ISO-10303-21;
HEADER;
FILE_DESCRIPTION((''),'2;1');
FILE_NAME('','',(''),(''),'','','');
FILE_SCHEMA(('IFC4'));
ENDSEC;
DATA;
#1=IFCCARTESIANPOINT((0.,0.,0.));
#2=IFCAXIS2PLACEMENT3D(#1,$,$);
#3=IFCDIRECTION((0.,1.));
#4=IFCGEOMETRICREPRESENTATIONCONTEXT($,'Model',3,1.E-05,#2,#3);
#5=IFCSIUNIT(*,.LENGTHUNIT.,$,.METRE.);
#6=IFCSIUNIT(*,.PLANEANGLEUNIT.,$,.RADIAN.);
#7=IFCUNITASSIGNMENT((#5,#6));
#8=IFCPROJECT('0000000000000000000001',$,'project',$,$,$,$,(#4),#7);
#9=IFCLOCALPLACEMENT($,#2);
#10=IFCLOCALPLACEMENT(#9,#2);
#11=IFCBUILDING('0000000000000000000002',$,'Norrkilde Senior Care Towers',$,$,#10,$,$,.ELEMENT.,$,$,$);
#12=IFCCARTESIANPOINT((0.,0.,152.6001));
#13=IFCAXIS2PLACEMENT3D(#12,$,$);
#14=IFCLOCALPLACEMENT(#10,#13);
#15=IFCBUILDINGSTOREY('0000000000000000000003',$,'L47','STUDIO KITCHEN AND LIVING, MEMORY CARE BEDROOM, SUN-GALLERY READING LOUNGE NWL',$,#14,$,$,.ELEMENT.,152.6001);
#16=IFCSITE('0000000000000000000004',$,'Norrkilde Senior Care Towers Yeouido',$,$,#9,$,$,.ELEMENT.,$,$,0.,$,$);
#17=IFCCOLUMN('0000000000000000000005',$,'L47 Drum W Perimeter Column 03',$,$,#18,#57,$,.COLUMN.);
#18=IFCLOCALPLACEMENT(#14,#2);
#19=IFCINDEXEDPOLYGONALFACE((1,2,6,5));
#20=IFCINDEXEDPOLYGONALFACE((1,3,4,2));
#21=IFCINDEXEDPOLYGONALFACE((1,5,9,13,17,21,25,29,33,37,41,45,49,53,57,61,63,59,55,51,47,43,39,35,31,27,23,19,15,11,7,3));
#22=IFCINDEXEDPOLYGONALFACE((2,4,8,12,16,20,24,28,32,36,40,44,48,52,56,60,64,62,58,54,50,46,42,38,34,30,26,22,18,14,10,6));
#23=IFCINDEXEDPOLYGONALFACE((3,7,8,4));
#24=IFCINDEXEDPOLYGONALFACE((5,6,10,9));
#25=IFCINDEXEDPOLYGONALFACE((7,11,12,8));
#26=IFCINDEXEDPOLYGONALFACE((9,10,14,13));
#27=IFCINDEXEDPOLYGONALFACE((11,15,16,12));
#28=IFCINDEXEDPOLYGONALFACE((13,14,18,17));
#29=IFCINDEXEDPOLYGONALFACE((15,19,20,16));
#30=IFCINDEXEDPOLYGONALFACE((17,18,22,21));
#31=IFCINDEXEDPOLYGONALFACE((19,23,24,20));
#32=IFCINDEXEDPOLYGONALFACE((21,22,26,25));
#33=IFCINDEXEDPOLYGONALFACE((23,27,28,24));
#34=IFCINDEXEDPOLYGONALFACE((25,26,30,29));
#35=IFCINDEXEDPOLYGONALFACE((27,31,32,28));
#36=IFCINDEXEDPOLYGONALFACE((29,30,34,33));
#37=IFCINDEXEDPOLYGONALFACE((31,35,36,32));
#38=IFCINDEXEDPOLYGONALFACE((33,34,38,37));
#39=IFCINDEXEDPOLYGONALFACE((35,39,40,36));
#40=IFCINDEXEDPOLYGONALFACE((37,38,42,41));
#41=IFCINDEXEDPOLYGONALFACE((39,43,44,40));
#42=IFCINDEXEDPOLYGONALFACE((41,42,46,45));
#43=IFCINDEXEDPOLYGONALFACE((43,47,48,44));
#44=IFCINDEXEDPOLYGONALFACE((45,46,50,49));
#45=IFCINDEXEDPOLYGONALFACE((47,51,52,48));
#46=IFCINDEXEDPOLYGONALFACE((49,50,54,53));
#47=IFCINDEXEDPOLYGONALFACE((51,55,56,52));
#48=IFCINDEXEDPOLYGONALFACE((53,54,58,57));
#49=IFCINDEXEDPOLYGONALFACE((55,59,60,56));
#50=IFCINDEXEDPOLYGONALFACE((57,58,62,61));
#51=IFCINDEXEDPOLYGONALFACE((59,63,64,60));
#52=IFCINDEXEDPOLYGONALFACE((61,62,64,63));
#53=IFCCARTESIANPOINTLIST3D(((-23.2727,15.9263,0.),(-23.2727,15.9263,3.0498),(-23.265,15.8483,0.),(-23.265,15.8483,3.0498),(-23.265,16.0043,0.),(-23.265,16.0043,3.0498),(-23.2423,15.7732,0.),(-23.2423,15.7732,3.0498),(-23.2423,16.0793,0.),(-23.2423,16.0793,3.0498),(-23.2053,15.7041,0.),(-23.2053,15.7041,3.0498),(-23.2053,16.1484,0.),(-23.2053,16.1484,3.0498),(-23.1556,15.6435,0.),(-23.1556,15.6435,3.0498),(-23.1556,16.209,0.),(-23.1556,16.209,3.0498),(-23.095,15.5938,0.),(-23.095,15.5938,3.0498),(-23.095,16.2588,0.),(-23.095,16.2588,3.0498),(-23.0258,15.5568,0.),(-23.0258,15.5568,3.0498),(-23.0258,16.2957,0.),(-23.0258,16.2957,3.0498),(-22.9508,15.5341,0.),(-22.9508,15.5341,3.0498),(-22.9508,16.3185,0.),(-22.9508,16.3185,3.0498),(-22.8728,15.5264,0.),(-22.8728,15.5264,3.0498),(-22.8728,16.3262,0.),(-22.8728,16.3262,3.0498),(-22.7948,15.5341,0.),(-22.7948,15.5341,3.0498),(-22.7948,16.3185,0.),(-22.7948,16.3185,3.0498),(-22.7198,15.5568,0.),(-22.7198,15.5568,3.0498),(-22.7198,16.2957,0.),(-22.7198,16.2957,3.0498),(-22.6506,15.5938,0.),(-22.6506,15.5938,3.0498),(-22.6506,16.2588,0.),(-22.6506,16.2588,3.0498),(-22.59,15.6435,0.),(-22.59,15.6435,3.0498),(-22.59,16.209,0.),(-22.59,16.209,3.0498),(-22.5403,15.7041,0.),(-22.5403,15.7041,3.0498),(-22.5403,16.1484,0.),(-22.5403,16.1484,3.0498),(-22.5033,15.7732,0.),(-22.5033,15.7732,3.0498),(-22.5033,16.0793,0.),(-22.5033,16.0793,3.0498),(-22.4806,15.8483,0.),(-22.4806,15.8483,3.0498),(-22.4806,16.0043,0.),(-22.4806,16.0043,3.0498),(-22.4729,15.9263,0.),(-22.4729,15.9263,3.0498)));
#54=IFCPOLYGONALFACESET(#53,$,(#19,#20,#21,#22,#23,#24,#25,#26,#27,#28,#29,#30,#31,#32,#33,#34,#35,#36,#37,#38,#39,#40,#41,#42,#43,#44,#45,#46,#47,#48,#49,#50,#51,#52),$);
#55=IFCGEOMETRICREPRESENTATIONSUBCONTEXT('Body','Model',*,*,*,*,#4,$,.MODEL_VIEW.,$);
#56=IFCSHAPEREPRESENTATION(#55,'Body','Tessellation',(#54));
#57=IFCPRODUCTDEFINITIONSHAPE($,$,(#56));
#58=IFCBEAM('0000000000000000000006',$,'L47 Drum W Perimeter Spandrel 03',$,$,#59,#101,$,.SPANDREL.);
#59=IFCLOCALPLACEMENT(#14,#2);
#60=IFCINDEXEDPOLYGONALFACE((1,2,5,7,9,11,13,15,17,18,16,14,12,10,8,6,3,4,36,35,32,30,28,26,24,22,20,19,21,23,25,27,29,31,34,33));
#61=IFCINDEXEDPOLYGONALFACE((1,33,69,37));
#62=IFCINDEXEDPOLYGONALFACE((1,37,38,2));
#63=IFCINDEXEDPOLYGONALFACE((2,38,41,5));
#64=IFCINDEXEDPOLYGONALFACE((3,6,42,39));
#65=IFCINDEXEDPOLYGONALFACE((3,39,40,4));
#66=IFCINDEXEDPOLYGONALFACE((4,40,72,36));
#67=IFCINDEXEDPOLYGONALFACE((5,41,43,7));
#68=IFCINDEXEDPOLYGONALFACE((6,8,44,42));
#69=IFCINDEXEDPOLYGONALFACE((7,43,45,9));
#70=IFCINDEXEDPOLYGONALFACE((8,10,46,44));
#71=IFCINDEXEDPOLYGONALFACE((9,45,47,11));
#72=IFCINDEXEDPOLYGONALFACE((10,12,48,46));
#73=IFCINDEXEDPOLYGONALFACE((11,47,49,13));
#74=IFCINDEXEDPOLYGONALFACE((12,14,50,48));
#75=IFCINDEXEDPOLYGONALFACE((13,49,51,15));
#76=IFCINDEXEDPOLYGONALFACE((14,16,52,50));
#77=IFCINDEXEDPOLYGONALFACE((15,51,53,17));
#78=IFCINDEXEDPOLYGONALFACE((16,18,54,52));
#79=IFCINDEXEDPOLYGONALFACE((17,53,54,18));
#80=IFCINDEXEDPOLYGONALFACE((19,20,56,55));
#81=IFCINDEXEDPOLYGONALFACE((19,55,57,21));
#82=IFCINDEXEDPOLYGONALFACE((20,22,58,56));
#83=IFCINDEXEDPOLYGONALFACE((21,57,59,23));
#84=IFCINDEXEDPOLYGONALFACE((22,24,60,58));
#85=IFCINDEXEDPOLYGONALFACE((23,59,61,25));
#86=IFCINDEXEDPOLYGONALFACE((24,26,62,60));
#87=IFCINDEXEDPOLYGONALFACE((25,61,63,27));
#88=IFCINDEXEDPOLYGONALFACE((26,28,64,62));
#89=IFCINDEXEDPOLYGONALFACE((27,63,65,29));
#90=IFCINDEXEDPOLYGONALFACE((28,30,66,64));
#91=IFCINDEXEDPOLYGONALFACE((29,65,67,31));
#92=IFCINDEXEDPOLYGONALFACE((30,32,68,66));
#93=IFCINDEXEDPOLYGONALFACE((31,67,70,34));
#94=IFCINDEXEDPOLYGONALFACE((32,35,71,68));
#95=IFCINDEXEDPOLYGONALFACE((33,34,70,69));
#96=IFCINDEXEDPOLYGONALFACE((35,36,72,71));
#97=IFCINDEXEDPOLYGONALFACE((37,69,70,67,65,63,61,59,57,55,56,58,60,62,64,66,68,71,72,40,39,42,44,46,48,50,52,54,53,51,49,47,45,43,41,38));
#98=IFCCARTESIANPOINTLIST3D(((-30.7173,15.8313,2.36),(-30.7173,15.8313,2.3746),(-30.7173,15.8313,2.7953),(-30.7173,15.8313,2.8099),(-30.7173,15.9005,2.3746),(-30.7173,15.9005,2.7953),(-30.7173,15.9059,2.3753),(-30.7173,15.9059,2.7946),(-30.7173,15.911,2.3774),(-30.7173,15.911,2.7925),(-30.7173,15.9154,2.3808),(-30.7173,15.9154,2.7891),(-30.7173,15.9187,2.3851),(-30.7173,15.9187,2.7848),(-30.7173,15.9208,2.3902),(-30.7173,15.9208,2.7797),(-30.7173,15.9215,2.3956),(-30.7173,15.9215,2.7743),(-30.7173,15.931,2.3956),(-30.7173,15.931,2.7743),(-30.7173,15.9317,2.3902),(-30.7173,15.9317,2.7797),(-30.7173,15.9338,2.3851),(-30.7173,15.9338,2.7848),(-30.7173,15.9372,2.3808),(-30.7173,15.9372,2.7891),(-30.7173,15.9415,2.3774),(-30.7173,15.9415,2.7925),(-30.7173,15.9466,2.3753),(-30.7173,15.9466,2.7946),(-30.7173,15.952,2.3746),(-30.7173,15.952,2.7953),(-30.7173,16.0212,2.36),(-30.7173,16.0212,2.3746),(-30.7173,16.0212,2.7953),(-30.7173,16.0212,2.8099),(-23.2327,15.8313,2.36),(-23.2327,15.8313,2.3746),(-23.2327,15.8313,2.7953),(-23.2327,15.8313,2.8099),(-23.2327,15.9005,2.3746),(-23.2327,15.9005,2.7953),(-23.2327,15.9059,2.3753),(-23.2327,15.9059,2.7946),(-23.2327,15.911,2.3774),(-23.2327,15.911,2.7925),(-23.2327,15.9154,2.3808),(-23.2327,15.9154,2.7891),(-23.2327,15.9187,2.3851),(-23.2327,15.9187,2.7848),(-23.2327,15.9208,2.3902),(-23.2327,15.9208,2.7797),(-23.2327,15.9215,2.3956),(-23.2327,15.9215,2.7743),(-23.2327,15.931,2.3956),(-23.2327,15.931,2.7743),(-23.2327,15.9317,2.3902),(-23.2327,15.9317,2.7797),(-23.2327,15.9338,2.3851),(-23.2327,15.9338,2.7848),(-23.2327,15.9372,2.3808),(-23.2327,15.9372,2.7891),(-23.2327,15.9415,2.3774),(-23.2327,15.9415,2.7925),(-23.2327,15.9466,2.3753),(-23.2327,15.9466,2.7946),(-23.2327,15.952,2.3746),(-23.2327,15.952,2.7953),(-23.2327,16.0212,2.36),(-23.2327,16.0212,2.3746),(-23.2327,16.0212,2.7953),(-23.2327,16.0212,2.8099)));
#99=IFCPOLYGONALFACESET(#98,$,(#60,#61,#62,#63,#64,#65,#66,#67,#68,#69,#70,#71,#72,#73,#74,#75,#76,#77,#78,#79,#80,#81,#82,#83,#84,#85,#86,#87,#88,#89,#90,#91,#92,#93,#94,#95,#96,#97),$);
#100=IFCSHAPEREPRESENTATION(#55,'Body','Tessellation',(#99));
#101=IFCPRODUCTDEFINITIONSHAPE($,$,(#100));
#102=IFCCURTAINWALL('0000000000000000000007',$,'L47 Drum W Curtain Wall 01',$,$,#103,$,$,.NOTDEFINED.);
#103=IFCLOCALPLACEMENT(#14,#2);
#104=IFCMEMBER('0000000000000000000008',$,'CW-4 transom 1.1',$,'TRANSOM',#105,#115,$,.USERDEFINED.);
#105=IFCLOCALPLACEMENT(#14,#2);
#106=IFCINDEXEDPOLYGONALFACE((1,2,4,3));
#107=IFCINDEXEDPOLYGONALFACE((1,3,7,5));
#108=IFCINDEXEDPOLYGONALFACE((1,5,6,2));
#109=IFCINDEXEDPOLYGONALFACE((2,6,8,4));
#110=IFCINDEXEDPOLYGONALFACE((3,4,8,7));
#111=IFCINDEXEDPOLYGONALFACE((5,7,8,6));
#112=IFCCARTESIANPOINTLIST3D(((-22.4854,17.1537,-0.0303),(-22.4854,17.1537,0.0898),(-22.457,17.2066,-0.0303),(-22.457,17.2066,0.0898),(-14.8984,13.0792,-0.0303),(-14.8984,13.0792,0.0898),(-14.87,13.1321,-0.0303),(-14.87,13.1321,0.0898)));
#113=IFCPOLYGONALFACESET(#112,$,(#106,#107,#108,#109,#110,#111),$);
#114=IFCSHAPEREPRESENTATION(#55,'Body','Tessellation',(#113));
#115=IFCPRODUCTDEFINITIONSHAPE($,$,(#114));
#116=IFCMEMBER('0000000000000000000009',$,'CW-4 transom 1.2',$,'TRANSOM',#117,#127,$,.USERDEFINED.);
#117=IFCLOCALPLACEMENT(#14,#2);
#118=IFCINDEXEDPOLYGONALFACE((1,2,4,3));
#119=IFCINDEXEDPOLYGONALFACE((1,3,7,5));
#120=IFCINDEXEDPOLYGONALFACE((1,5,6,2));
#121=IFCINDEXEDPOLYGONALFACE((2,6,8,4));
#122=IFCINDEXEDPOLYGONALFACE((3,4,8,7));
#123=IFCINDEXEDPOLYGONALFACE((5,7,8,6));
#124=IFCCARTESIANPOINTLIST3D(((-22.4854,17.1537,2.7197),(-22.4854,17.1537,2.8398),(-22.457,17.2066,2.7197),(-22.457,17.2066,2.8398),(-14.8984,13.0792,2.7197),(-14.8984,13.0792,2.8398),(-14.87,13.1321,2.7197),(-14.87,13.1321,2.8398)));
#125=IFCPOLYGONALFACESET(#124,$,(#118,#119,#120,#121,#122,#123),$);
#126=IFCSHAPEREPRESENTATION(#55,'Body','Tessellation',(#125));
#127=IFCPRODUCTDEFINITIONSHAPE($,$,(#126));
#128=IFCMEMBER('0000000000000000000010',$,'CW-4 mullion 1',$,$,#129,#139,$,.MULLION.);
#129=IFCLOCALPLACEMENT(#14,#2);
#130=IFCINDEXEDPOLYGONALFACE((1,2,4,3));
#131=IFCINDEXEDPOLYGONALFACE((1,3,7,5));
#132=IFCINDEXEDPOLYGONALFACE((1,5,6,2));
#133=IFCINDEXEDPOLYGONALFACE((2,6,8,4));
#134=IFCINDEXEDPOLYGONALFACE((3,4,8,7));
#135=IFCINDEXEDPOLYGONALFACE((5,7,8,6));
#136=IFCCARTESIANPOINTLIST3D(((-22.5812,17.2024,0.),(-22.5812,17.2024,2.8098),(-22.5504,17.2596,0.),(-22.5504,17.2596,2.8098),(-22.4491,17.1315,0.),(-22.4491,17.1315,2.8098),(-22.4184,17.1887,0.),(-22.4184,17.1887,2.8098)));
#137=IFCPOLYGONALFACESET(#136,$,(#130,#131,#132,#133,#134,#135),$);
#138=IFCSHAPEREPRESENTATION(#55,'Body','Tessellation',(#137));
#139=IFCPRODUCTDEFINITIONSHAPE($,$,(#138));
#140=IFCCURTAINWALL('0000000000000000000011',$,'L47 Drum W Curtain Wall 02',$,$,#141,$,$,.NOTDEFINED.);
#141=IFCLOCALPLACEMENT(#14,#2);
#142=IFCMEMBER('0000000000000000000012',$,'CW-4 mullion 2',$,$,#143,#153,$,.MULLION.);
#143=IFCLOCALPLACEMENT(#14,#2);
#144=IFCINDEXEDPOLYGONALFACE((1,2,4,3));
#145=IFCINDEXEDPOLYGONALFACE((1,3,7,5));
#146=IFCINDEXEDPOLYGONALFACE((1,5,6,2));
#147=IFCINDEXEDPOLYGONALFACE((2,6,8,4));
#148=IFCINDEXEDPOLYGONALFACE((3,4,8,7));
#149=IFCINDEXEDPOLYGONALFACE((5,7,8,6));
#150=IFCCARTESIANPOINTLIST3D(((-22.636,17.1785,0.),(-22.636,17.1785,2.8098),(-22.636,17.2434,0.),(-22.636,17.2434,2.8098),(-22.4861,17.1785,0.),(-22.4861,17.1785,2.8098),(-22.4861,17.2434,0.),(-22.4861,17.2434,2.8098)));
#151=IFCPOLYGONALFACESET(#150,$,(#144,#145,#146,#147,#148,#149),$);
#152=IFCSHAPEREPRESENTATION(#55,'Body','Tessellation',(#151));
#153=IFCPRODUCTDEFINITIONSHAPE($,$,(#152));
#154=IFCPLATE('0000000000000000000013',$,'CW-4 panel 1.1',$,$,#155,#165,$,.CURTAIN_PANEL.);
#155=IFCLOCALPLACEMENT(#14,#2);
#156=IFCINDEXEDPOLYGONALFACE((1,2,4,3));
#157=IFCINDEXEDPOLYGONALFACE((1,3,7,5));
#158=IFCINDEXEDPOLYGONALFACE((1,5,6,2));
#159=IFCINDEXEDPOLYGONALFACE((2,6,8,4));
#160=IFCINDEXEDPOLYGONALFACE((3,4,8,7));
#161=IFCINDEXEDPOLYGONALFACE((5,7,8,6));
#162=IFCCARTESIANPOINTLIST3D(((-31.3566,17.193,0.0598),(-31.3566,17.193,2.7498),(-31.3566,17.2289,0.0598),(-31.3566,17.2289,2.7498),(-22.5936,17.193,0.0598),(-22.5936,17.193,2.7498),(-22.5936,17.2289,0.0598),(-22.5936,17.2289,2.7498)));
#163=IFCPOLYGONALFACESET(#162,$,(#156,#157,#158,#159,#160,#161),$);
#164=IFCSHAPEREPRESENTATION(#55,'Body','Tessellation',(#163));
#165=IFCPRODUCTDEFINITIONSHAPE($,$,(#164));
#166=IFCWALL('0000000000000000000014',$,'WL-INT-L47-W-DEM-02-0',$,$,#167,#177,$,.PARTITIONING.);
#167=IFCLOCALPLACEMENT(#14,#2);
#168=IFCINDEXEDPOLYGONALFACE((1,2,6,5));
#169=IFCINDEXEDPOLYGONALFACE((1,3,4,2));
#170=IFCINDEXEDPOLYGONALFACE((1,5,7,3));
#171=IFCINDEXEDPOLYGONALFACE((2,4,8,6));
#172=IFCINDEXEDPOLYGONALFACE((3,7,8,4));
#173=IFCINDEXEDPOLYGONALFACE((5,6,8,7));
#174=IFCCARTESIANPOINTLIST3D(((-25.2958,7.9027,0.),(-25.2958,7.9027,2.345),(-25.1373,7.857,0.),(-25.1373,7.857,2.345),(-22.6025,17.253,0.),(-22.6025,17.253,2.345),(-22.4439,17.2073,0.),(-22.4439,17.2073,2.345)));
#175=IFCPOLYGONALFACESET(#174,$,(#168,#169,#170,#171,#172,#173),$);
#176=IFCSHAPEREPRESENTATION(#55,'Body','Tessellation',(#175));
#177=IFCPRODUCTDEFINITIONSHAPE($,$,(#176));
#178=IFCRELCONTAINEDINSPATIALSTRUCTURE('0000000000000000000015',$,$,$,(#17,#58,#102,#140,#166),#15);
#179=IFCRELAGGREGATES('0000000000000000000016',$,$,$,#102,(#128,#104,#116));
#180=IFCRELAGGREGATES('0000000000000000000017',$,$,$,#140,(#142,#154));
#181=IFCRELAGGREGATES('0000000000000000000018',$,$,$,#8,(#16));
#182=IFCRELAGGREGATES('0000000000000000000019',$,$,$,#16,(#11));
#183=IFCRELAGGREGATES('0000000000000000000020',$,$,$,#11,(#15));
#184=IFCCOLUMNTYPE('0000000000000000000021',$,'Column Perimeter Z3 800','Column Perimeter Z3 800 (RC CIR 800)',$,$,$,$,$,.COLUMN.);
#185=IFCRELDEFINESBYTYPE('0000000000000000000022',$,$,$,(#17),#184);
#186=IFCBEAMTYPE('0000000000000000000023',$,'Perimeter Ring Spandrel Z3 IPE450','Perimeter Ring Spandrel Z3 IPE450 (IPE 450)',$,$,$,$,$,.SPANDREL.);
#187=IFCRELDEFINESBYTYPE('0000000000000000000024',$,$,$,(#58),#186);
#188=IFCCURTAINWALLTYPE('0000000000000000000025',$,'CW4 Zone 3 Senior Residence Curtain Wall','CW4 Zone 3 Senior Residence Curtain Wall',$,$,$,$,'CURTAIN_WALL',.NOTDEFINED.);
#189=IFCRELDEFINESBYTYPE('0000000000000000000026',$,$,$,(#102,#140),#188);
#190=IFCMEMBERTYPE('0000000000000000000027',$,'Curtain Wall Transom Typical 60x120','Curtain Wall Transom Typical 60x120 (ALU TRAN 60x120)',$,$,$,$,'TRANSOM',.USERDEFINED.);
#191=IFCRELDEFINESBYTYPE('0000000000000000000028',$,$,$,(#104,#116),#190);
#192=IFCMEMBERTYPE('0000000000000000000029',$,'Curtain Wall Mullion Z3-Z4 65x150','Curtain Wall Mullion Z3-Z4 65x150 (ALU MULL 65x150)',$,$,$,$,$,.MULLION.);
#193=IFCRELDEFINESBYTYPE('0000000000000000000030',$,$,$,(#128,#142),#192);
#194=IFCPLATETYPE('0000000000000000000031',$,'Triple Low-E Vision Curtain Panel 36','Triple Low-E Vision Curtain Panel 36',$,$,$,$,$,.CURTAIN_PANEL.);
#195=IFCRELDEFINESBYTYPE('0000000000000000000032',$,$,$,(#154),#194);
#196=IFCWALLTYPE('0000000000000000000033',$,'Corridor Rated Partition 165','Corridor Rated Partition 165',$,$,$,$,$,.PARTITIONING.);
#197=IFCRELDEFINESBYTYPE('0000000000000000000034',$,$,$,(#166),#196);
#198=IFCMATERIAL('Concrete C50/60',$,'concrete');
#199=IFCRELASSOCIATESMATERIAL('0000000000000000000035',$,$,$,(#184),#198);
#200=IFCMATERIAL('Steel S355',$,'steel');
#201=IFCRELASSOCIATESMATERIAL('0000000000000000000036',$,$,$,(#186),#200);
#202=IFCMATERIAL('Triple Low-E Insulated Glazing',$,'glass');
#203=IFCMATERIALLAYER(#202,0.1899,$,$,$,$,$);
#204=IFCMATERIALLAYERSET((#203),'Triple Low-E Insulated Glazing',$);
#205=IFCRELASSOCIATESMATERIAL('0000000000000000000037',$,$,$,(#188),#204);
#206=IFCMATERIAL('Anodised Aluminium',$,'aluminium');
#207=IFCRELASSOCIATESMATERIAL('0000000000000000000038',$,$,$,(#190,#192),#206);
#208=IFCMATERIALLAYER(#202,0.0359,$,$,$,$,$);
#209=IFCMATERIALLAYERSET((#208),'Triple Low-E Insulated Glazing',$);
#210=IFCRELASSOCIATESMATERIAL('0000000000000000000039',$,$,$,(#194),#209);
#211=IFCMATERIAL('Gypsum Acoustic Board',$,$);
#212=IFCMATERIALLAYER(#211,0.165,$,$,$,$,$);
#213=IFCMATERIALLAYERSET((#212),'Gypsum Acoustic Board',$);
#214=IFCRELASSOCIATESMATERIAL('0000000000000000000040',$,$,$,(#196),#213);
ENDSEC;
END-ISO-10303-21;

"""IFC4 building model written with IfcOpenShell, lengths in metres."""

from ifc_helpers import new_model, si_unit, direction, frame, frame_2d, origin, origin_2d, place, context, subcontext, project, spatial, rectangle, circle, i_section, extrude, source, transform, mapped, material, layer, layer_set, material_profile, profile_set, type_object, type_shapes, element, aggregate, save


model = new_model("IFC4")

# Units and contexts
model_context = context("Model", 3, precision=1e-05, world=origin(), true_north=direction((0.0, 1.0)))
body_context = subcontext(model_context, "Body", "Model", "MODEL_VIEW")
ifc_project = project(units=[si_unit("LENGTHUNIT", "METRE"), si_unit("PLANEANGLEUNIT", "RADIAN")], contexts=[model_context])

# Site, building, storey
site_placement = place(None, origin())
site = spatial("IfcSite", under=ifc_project, at=site_placement, Name="Norrkilde Senior Care Towers Yeouido", CompositionType="ELEMENT", RefElevation=0.0)
building_placement = place(site_placement, origin())
building = spatial("IfcBuilding", under=site, at=building_placement, Name="Norrkilde Senior Care Towers", CompositionType="ELEMENT")
storey_placement = place(building_placement, frame((0.0, 0.0, 152.6001)))
storey = spatial("IfcBuildingStorey", under=building, at=storey_placement, Name="L47", Description="STUDIO KITCHEN AND LIVING, MEMORY CARE BEDROOM, SUN-GALLERY READING LOUNGE NWL", CompositionType="ELEMENT", Elevation=152.6001)

# Column
ifc_material_1 = material(Name="Concrete C50/60", Category="concrete")
ifc_material_profile_1 = material_profile(ifc_material_1, circle(Radius=0.3999, at=origin_2d()), Name="RC CIR 800")
ifc_profile_set_1 = profile_set([ifc_material_profile_1], Name="Concrete C50/60")
column_type = type_object("IfcColumnType", Name="Column Perimeter Z3 800", Description="Column Perimeter Z3 800 (RC CIR 800)", PredefinedType="COLUMN", material=ifc_profile_set_1)
shared_shape_1 = source(origin(), body_context, "Body", "SweptSolid", [
    extrude(circle(Radius=0.3999, at=origin_2d()), origin(), (0.0, 0.0, 1.0), 3.0498),
])
type_shapes(column_type, [shared_shape_1])
column_placement = place(storey_placement, frame((-22.8728, 15.9263, 0.0), z_axis=(0.0, 0.0, 1.0), x_axis=(1.0, 0.0, 0.0)))
element("IfcColumn", 1, at=column_placement, inside=storey, type_object=column_type, Name="L47 Drum W Perimeter Column 03", PredefinedType="COLUMN", context=body_context, shape_type="MappedRepresentation", body=[
    mapped(shared_shape_1, transform((0.0, 0.0, 0.0), x_axis=(1.0, 0.0, 0.0), y_axis=(0.0, 1.0, 0.0), z_axis=(0.0, 0.0, 1.0), scale=1.0)),
])

# Beam
ifc_material_2 = material(Name="Steel S355", Category="steel")
ifc_material_profile_2 = material_profile(ifc_material_2, i_section(OverallWidth=0.1899, OverallDepth=0.45, WebThickness=0.0095, FlangeThickness=0.0146, FilletRadius=0.021, at=origin_2d()), Name="IPE 450")
ifc_profile_set_2 = profile_set([ifc_material_profile_2], Name="Steel S355")
beam_type = type_object("IfcBeamType", Name="Perimeter Ring Spandrel Z3 IPE450", Description="Perimeter Ring Spandrel Z3 IPE450 (IPE 450)", PredefinedType="SPANDREL", material=ifc_profile_set_2)
shared_shape_2 = source(origin(), body_context, "Body", "SweptSolid", [
    extrude(i_section(OverallWidth=0.1899, OverallDepth=0.45, WebThickness=0.0095, FlangeThickness=0.0146, FilletRadius=0.021, at=origin_2d()), origin(), (0.0, 0.0, 1.0), 7.4846),
])
type_shapes(beam_type, [shared_shape_2])
beam_placement = place(storey_placement, frame((-23.2327, 15.9263, 2.585), z_axis=(-1.0, 0.0, 0.0), x_axis=(0.0, -1.0, 0.0)))
element("IfcBeam", 2, at=beam_placement, inside=storey, type_object=beam_type, Name="L47 Drum W Perimeter Spandrel 03", PredefinedType="SPANDREL", context=body_context, shape_type="MappedRepresentation", body=[
    mapped(shared_shape_2, transform((0.0, 0.0, 0.0), x_axis=(1.0, 0.0, 0.0), y_axis=(0.0, 1.0, 0.0), z_axis=(0.0, 0.0, 1.0), scale=1.0)),
])

# Curtain wall, members
ifc_material_3 = material(Name="Triple Low-E Insulated Glazing", Category="glass")
ifc_layer_1 = layer(ifc_material_3, 0.1899)
ifc_layer_set_1 = layer_set([ifc_layer_1], Name="Triple Low-E Insulated Glazing")
curtain_wall_type = type_object("IfcCurtainWallType", Name="CW4 Zone 3 Senior Residence Curtain Wall", Description="CW4 Zone 3 Senior Residence Curtain Wall", ElementType="CURTAIN_WALL", PredefinedType="NOTDEFINED", material=ifc_layer_set_1)
curtain_wall_1_placement = place(storey_placement, origin())
curtain_wall_1 = element("IfcCurtainWall", 3, at=curtain_wall_1_placement, inside=storey, type_object=curtain_wall_type, Name="L47 Drum W Curtain Wall 01", PredefinedType="NOTDEFINED")
ifc_material_4 = material(Name="Anodised Aluminium", Category="aluminium")
ifc_material_profile_3 = material_profile(ifc_material_4, rectangle(XDim=0.0601, YDim=0.1201, at=origin_2d()), Name="ALU TRAN 60x120")
ifc_profile_set_3 = profile_set([ifc_material_profile_3], Name="Anodised Aluminium")
member_type_1 = type_object("IfcMemberType", Name="Curtain Wall Transom Typical 60x120", Description="Curtain Wall Transom Typical 60x120 (ALU TRAN 60x120)", ElementType="TRANSOM", PredefinedType="USERDEFINED", material=ifc_profile_set_3)
shared_shape_3 = source(origin(), body_context, "Body", "SweptSolid", [
    extrude(rectangle(XDim=0.0601, YDim=0.1201, at=origin_2d()), origin(), (0.0, 0.0, 1.0), 8.6118),
])
type_shapes(member_type_1, [shared_shape_3])
member_1_placement = place(storey_placement, frame((-22.4712, 17.1802, 0.0298), z_axis=(0.880994, -0.473127, 0.0), x_axis=(0.473127, 0.880994, 0.0)))
member_1 = element("IfcMember", 4, at=member_1_placement, type_object=member_type_1, Name="CW-4 transom 1.1", ObjectType="TRANSOM", PredefinedType="USERDEFINED", context=body_context, shape_type="MappedRepresentation", body=[
    mapped(shared_shape_3, transform((0.0, 0.0, 0.0), x_axis=(1.0, 0.0, 0.0), y_axis=(0.0, 1.0, 0.0), z_axis=(0.0, 0.0, 1.0), scale=1.0)),
])
member_2_placement = place(storey_placement, frame((-22.4712, 17.1802, 2.7798), z_axis=(0.880994, -0.473127, 0.0), x_axis=(0.473127, 0.880994, 0.0)))
member_2 = element("IfcMember", 5, at=member_2_placement, type_object=member_type_1, Name="CW-4 transom 1.2", ObjectType="TRANSOM", PredefinedType="USERDEFINED", context=body_context, shape_type="MappedRepresentation", body=[
    mapped(shared_shape_3, transform((0.0, 0.0, 0.0), x_axis=(1.0, 0.0, 0.0), y_axis=(0.0, 1.0, 0.0), z_axis=(0.0, 0.0, 1.0), scale=1.0)),
])
ifc_material_profile_4 = material_profile(ifc_material_4, rectangle(XDim=0.0649, YDim=0.1499, at=origin_2d()), Name="ALU MULL 65x150")
ifc_profile_set_4 = profile_set([ifc_material_profile_4], Name="Anodised Aluminium")
member_type_2 = type_object("IfcMemberType", Name="Curtain Wall Mullion Z3-Z4 65x150", Description="Curtain Wall Mullion Z3-Z4 65x150 (ALU MULL 65x150)", PredefinedType="MULLION", material=ifc_profile_set_4)
shared_shape_4 = source(origin(), body_context, "Body", "SweptSolid", [
    extrude(rectangle(XDim=0.0649, YDim=0.1499, at=origin_2d()), origin(), (0.0, 0.0, 1.0), 2.8098),
])
type_shapes(member_type_2, [shared_shape_4])
member_3_placement = place(storey_placement, frame((-22.4998, 17.1956, 0.0), z_axis=(0.0, 0.0, 1.0), x_axis=(0.473117, 0.881, 0.0)))
member_3 = element("IfcMember", 6, at=member_3_placement, type_object=member_type_2, Name="CW-4 mullion 1", PredefinedType="MULLION", context=body_context, shape_type="MappedRepresentation", body=[
    mapped(shared_shape_4, transform((0.0, 0.0, 0.0), x_axis=(1.0, 0.0, 0.0), y_axis=(0.0, 1.0, 0.0), z_axis=(0.0, 0.0, 1.0), scale=1.0)),
])
aggregate(curtain_wall_1, [member_3, member_1, member_2])

# Curtain wall, member, plate
curtain_wall_2_placement = place(storey_placement, origin())
curtain_wall_2 = element("IfcCurtainWall", 7, at=curtain_wall_2_placement, inside=storey, type_object=curtain_wall_type, Name="L47 Drum W Curtain Wall 02", PredefinedType="NOTDEFINED")
member_4_placement = place(storey_placement, frame((-22.561, 17.2109, 0.0), z_axis=(0.0, 0.0, 1.0), x_axis=(0.0, 1.0, 0.0)))
member_4 = element("IfcMember", 8, at=member_4_placement, type_object=member_type_2, Name="CW-4 mullion 2", PredefinedType="MULLION", context=body_context, shape_type="MappedRepresentation", body=[
    mapped(shared_shape_4, transform((0.0, 0.0, 0.0), x_axis=(1.0, 0.0, 0.0), y_axis=(0.0, 1.0, 0.0), z_axis=(0.0, 0.0, 1.0), scale=1.0)),
])
ifc_layer_2 = layer(ifc_material_3, 0.0359)
ifc_layer_set_2 = layer_set([ifc_layer_2], Name="Triple Low-E Insulated Glazing")
plate_type = type_object("IfcPlateType", Name="Triple Low-E Vision Curtain Panel 36", Description="Triple Low-E Vision Curtain Panel 36", PredefinedType="CURTAIN_PANEL", material=ifc_layer_set_2)
shared_shape_5 = source(origin(), body_context, "Body", "SweptSolid", [
    extrude(rectangle(XDim=8.7629, YDim=0.0359, at=origin_2d()), origin(), (0.0, 0.0, 1.0), 2.6899),
])
type_shapes(plate_type, [shared_shape_5])
plate_placement = place(storey_placement, frame((-26.9751, 17.2109, 0.0598), z_axis=(0.0, 0.0, 1.0), x_axis=(1.0, 0.0, 0.0)))
plate = element("IfcPlate", 9, at=plate_placement, type_object=plate_type, Name="CW-4 panel 1.1", PredefinedType="CURTAIN_PANEL", context=body_context, shape_type="MappedRepresentation", body=[
    mapped(shared_shape_5, transform((0.0, 0.0, 0.0), x_axis=(1.0, 0.0, 0.0), y_axis=(0.0, 1.0, 0.0), z_axis=(0.0, 0.0, 1.0), scale=1.0)),
])
aggregate(curtain_wall_2, [member_4, plate])

# Wall
ifc_material_5 = material(Name="Gypsum Acoustic Board")
ifc_layer_3 = layer(ifc_material_5, 0.165)
ifc_layer_set_3 = layer_set([ifc_layer_3], Name="Gypsum Acoustic Board")
wall_type_1 = type_object("IfcWallType", Name="Corridor Rated Partition 165", Description="Corridor Rated Partition 165", PredefinedType="PARTITIONING", material=ifc_layer_set_3)
shared_shape_6 = source(origin(), body_context, "Body", "SweptSolid", [
    extrude(rectangle(XDim=9.7305, YDim=0.165, at=frame_2d((4.8652, 0.0))), origin(), (0.0, 0.0, 1.0), 2.345),
])
wall_1_placement = place(storey_placement, frame((-25.2166, 7.8799, 0.0), z_axis=(0.0, 0.0, 1.0), x_axis=(0.276795, 0.960929, 0.0)))
element("IfcWall", 10, at=wall_1_placement, inside=storey, type_object=wall_type_1, Name="WL-INT-L47-W-DEM-02-0", PredefinedType="PARTITIONING", context=body_context, shape_type="MappedRepresentation", body=[
    mapped(shared_shape_6, transform((0.0, 0.0, 0.0), x_axis=(1.0, 0.0, 0.0), y_axis=(0.0, 1.0, 0.0), z_axis=(0.0, 0.0, 1.0), scale=1.0)),
])

save(model, "model.ifc")
